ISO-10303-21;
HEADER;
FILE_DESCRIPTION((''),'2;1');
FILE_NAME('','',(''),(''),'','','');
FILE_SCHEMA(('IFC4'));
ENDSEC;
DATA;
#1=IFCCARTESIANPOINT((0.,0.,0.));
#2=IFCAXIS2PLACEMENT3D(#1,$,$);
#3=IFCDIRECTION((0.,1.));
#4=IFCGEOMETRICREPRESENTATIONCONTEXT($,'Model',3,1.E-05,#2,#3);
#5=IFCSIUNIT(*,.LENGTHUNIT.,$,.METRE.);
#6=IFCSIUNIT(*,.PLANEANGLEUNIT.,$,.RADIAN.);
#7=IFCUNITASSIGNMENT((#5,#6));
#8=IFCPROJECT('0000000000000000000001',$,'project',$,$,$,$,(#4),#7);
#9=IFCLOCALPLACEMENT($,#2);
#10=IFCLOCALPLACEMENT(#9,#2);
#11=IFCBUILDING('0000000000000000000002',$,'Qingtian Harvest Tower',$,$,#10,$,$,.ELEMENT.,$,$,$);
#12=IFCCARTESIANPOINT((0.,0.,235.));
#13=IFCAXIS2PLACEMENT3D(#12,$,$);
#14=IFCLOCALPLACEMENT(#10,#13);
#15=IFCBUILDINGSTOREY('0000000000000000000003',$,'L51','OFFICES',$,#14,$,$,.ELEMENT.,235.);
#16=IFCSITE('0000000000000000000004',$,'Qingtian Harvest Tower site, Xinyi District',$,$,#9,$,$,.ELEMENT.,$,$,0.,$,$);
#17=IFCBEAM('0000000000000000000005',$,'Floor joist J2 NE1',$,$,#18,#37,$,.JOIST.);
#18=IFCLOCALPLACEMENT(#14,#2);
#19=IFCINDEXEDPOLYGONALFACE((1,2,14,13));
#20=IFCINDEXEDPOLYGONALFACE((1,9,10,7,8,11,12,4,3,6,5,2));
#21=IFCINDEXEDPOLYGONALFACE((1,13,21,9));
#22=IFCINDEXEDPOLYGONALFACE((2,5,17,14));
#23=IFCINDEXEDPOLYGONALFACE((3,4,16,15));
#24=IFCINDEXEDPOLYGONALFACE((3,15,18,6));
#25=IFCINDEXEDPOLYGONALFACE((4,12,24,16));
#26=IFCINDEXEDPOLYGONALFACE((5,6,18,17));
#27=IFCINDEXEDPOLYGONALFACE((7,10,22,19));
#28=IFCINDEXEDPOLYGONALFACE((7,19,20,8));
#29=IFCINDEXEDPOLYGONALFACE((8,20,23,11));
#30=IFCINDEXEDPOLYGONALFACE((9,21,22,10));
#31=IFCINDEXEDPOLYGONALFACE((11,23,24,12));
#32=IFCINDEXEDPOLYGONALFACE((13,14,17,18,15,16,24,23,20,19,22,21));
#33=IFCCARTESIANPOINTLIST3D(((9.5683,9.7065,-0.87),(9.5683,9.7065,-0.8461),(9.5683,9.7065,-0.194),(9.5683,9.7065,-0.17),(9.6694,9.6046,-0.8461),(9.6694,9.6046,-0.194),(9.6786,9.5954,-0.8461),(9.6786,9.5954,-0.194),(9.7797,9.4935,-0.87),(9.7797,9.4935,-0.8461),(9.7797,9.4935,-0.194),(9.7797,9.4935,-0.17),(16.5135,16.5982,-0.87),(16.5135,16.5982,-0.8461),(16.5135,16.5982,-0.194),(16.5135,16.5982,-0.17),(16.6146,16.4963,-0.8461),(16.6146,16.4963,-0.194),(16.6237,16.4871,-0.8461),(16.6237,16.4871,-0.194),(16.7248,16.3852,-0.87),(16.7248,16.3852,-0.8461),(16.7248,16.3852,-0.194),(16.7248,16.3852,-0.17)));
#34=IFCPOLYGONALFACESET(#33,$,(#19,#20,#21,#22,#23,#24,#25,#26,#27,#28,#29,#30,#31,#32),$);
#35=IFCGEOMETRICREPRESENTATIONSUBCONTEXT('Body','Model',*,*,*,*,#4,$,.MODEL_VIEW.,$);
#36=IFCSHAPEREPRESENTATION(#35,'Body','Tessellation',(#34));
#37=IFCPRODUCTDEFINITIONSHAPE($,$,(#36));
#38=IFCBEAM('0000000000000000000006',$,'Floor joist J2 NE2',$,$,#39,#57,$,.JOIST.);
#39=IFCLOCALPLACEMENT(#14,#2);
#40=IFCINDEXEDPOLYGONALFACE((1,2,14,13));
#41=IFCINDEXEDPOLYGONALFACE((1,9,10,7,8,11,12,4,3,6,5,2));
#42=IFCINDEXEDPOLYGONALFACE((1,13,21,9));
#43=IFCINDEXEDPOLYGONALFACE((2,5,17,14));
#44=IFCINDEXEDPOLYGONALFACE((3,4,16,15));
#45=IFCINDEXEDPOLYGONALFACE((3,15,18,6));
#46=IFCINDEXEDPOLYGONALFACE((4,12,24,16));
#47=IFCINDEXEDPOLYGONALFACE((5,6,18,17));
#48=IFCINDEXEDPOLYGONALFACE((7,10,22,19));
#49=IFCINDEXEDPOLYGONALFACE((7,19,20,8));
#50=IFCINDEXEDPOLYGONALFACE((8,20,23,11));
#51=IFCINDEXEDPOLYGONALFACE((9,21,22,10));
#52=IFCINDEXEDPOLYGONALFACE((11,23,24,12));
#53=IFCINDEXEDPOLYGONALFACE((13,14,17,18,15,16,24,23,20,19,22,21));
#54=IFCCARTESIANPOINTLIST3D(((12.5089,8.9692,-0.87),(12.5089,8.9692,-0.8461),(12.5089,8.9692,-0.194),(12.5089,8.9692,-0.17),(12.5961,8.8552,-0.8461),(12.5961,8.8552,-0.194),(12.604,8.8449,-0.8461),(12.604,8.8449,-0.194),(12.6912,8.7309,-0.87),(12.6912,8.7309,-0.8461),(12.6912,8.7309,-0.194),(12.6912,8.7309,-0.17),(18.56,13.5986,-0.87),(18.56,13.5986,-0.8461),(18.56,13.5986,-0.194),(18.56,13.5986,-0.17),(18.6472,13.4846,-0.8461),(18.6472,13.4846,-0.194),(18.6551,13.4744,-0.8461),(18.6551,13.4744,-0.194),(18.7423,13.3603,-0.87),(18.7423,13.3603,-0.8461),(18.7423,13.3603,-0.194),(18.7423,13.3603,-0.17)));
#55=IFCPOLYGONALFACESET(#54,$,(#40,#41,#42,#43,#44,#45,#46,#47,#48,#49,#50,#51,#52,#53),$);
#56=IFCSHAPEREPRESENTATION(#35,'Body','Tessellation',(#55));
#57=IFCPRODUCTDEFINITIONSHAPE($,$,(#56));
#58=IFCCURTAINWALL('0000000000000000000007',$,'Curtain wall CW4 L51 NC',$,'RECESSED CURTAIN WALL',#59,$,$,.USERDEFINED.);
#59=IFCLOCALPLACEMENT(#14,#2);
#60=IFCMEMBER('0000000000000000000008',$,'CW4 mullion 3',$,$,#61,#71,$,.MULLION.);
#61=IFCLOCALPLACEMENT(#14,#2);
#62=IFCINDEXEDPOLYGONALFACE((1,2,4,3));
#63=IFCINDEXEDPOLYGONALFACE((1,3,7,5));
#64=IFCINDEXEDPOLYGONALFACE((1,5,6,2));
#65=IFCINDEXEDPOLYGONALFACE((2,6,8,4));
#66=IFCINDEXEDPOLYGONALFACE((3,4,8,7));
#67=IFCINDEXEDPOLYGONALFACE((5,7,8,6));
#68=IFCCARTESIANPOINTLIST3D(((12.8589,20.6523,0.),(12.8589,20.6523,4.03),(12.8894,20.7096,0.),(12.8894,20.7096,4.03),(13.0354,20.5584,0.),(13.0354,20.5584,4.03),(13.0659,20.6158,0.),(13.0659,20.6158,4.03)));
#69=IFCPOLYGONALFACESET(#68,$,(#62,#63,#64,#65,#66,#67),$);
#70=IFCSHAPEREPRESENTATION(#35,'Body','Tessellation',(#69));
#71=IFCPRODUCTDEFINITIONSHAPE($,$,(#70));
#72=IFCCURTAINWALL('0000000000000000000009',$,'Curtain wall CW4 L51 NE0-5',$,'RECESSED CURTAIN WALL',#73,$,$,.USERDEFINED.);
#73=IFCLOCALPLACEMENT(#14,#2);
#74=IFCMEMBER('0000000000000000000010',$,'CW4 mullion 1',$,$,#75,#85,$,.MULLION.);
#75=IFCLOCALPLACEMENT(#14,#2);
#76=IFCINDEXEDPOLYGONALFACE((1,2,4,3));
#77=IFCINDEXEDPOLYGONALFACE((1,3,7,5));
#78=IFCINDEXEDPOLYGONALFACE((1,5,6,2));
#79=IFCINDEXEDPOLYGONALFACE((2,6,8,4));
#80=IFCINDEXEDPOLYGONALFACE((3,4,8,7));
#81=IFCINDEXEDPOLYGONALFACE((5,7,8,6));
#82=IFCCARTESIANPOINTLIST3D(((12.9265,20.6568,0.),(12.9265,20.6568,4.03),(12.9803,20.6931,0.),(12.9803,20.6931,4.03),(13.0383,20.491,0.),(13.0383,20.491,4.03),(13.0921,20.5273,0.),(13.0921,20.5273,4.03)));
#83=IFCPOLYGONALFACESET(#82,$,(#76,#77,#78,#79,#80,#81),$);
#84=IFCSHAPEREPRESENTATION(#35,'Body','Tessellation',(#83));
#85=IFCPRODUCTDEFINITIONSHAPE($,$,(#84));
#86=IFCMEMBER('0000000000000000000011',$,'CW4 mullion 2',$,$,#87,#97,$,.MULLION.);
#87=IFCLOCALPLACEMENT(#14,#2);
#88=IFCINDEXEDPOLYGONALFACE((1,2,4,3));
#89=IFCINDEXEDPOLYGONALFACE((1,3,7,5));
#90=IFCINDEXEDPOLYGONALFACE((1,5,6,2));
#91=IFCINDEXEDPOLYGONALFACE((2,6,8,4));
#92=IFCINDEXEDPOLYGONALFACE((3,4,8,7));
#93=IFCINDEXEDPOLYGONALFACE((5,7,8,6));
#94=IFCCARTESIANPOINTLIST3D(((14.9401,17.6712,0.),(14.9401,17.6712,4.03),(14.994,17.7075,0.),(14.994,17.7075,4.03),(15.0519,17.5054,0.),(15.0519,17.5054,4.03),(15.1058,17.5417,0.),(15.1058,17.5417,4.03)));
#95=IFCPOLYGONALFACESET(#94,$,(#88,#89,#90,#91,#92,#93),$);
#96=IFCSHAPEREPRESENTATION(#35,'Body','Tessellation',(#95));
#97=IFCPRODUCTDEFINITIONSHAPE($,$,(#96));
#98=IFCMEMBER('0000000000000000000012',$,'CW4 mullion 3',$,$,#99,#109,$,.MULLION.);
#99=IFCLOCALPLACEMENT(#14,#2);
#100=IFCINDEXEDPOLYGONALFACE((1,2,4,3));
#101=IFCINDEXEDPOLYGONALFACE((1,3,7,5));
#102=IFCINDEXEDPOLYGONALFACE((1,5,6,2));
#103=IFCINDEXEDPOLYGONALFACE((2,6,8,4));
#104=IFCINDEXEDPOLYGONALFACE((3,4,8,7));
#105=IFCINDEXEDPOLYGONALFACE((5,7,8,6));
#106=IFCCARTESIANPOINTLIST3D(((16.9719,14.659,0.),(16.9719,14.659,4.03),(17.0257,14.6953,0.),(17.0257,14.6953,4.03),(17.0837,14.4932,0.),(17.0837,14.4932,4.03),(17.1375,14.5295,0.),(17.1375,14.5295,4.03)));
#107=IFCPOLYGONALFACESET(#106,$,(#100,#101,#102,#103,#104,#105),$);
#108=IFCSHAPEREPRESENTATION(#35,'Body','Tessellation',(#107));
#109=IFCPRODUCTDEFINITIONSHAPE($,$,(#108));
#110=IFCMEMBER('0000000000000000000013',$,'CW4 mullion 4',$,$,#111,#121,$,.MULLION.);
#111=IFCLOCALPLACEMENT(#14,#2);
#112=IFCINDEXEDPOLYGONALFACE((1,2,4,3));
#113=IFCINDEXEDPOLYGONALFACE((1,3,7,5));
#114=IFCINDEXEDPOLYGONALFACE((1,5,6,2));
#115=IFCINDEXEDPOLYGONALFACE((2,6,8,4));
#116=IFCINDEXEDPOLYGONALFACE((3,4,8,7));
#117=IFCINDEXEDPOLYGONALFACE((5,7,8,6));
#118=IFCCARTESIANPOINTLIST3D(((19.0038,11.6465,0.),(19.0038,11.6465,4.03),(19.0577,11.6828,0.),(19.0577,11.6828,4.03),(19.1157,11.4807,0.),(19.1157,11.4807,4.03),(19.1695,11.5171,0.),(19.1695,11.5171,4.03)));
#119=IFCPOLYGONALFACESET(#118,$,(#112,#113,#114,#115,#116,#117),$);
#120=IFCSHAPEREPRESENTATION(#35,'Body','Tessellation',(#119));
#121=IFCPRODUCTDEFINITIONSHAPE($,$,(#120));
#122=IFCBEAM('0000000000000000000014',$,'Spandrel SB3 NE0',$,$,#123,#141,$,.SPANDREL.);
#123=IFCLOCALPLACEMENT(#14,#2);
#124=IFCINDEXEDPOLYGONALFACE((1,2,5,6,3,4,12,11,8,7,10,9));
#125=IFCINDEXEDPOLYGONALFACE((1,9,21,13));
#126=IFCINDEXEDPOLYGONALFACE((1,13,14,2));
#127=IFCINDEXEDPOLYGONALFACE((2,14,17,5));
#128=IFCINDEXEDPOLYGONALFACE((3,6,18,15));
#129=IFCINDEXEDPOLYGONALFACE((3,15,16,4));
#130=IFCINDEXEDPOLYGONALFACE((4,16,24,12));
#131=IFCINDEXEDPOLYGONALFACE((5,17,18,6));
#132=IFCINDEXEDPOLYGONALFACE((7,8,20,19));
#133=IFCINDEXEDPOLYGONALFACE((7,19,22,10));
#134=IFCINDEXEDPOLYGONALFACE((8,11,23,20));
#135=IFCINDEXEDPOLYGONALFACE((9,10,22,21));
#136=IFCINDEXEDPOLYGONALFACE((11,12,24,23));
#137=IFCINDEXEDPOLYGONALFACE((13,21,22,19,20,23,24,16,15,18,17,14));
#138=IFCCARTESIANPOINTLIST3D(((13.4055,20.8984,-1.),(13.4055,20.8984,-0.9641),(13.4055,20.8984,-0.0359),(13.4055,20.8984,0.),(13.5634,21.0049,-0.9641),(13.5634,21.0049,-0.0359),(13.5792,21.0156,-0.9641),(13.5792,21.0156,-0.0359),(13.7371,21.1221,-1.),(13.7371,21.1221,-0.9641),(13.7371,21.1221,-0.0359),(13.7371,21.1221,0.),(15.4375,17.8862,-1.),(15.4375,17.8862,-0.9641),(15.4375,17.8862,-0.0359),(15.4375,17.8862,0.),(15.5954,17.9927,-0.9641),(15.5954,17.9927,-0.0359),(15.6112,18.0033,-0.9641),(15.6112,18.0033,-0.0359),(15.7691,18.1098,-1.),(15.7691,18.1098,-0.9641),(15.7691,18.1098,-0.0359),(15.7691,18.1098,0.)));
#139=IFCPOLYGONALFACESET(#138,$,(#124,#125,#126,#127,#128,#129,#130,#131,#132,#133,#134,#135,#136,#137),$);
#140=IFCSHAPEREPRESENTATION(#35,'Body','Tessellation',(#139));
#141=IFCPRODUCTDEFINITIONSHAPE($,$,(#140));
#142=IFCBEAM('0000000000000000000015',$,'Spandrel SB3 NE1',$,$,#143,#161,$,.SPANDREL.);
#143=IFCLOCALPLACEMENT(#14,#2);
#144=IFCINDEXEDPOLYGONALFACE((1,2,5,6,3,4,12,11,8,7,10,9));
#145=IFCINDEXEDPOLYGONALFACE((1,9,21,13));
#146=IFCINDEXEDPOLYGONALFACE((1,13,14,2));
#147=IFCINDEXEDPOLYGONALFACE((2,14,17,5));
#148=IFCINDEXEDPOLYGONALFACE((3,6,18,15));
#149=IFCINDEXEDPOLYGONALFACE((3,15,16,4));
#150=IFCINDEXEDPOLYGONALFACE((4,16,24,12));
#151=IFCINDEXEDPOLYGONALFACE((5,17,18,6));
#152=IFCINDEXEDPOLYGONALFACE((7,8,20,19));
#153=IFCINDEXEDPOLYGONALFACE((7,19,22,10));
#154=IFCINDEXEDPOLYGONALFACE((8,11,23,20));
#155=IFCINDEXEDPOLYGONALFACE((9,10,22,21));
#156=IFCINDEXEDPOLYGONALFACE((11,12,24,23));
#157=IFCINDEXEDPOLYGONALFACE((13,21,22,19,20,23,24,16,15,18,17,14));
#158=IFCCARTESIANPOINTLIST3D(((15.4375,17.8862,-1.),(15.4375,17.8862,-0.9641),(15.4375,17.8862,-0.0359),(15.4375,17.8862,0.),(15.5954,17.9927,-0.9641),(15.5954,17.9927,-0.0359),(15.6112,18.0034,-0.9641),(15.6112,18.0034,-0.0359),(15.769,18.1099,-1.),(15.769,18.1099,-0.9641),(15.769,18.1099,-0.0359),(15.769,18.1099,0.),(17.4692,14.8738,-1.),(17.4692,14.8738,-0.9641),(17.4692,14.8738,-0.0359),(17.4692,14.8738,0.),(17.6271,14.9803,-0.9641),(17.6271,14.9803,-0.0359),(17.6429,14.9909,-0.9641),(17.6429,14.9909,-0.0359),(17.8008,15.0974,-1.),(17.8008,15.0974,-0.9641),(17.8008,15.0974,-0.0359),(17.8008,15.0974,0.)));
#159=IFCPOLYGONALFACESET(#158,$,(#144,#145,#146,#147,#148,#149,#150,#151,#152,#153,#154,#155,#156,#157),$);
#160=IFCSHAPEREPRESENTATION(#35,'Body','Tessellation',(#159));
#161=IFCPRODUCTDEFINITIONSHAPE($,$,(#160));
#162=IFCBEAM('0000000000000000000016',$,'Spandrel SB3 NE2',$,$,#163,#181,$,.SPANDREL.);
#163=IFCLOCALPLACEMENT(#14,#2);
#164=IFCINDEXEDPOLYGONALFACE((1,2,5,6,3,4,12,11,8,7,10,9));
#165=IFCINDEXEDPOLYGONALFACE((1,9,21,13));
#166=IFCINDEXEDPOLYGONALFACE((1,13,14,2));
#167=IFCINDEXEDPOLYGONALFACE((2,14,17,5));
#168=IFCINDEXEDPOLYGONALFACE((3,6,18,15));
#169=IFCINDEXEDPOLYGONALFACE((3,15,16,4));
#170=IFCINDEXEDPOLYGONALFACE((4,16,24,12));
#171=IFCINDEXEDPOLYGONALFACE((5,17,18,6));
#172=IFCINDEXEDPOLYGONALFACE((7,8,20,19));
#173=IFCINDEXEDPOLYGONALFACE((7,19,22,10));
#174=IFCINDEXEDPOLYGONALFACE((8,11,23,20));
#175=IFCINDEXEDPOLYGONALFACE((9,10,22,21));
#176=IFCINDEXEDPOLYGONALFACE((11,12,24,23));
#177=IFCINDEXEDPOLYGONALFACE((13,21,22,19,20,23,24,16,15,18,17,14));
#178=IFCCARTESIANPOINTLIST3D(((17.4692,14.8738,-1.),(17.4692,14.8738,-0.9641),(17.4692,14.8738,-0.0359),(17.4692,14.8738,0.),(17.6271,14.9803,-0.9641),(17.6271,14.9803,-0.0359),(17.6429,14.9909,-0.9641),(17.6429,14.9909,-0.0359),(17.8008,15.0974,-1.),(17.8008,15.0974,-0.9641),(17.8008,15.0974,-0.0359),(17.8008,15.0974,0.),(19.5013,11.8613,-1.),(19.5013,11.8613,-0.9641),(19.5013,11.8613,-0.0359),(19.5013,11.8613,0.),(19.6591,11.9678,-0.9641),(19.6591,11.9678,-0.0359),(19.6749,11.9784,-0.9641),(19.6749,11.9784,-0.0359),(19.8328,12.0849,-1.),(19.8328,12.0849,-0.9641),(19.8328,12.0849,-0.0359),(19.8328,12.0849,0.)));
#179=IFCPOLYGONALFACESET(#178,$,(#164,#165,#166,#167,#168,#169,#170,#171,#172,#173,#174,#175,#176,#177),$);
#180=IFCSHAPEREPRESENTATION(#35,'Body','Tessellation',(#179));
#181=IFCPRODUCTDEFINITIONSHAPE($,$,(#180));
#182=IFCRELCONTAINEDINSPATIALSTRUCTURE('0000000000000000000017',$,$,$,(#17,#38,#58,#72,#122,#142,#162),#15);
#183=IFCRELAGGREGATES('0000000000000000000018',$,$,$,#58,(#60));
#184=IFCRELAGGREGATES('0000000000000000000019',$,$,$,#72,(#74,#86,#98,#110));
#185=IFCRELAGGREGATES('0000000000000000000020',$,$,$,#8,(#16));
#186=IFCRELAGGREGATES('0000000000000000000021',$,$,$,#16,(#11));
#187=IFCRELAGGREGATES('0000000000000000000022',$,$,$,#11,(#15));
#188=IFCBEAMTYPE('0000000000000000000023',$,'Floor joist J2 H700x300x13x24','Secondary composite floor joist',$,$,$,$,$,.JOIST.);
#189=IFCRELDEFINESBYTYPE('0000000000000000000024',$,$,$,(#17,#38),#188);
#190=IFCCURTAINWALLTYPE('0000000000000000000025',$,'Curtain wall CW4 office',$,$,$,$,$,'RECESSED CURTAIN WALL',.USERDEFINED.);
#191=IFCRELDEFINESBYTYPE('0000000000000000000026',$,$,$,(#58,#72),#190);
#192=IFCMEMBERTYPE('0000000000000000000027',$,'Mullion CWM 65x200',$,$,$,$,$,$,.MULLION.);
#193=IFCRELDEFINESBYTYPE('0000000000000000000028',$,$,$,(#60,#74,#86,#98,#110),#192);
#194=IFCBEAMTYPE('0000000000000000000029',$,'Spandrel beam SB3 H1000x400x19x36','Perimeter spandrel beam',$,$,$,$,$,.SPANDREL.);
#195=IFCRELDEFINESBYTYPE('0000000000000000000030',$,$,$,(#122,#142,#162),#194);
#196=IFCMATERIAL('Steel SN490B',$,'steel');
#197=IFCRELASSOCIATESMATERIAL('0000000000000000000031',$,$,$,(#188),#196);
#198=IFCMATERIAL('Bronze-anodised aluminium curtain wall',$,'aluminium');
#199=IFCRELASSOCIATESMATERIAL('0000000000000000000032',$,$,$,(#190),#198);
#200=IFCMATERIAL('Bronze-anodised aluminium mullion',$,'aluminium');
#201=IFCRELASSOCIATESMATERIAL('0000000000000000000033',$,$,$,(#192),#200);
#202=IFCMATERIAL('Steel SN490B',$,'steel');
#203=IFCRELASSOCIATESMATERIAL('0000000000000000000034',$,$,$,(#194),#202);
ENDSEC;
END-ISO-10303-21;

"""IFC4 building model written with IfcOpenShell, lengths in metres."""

from ifc_helpers import new_model, si_unit, direction, frame, origin, origin_2d, place, context, subcontext, project, spatial, rectangle, i_section, extrude, material, material_profile, profile_set, type_object, element, aggregate, save


model = new_model("IFC4")

# Units and contexts
model_context = context("Model", 3, precision=1e-05, world=origin(), true_north=direction((0.0, 1.0)))
body_context = subcontext(model_context, "Body", "Model", "MODEL_VIEW")
ifc_project = project(units=[si_unit("LENGTHUNIT", "METRE"), si_unit("PLANEANGLEUNIT", "RADIAN")], contexts=[model_context])

# Site, building, storey
site_placement = place(None, origin())
site = spatial("IfcSite", under=ifc_project, at=site_placement, Name="Qingtian Harvest Tower site, Xinyi District", CompositionType="ELEMENT", RefElevation=0.0)
building_placement = place(site_placement, origin())
building = spatial("IfcBuilding", under=site, at=building_placement, Name="Qingtian Harvest Tower", CompositionType="ELEMENT")
storey_placement = place(building_placement, frame((0.0, 0.0, 235.0)))
storey = spatial("IfcBuildingStorey", under=building, at=storey_placement, Name="L51", Description="OFFICES", CompositionType="ELEMENT", Elevation=235.0)

# Beams
ifc_material_1 = material(Name="Steel SN490B", Category="steel")
ifc_material_profile_1 = material_profile(ifc_material_1, i_section(OverallWidth=0.3, OverallDepth=0.7, WebThickness=0.0129, FlangeThickness=0.0239, at=origin_2d()), Name="H700x300x13x24")
ifc_profile_set_1 = profile_set([ifc_material_profile_1], Name="Steel SN490B")
beam_type_1 = type_object("IfcBeamType", Name="Floor joist J2 H700x300x13x24", Description="Secondary composite floor joist", PredefinedType="JOIST", material=ifc_profile_set_1)
beam_1_placement = place(storey_placement, frame((16.6191, 16.4917, -0.52), z_axis=(-0.709834, -0.704369, 0.0), x_axis=(0.704369, -0.709834, 0.0)))
element("IfcBeam", 1, at=beam_1_placement, inside=storey, type_object=beam_type_1, Name="Floor joist J2 NE1", PredefinedType="JOIST", context=body_context, shape_type="SweptSolid", body=[
    extrude(i_section(OverallWidth=0.3, OverallDepth=0.7, WebThickness=0.0129, FlangeThickness=0.0239, at=origin_2d()), origin(), (0.0, 0.0, 1.0), 9.7842),
])
beam_2_placement = place(storey_placement, frame((18.6511, 13.4795, -0.52), z_axis=(-0.794222, -0.607627, 0.0), x_axis=(0.607627, -0.794222, 0.0)))
element("IfcBeam", 2, at=beam_2_placement, inside=storey, type_object=beam_type_1, Name="Floor joist J2 NE2", PredefinedType="JOIST", context=body_context, shape_type="SweptSolid", body=[
    extrude(i_section(OverallWidth=0.3, OverallDepth=0.7, WebThickness=0.0129, FlangeThickness=0.0239, at=origin_2d()), origin(), (0.0, 0.0, 1.0), 7.6189),
])

# Curtain wall, member
ifc_material_2 = material(Name="Bronze-anodised aluminium curtain wall", Category="aluminium")
curtain_wall_type = type_object("IfcCurtainWallType", Name="Curtain wall CW4 office", ElementType="RECESSED CURTAIN WALL", PredefinedType="USERDEFINED", material=ifc_material_2)
curtain_wall_1_placement = place(storey_placement, origin())
curtain_wall_1 = element("IfcCurtainWall", 3, at=curtain_wall_1_placement, inside=storey, type_object=curtain_wall_type, Name="Curtain wall CW4 L51 NC", ObjectType="RECESSED CURTAIN WALL", PredefinedType="USERDEFINED")
ifc_material_3 = material(Name="Bronze-anodised aluminium mullion", Category="aluminium")
ifc_material_profile_2 = material_profile(ifc_material_3, rectangle(XDim=0.0649, YDim=0.2, at=origin_2d()), Name="AL 65x200")
ifc_profile_set_2 = profile_set([ifc_material_profile_2], Name="Bronze-anodised aluminium mullion")
member_type_1 = type_object("IfcMemberType", Name="Mullion CWM 65x200", PredefinedType="MULLION", material=ifc_profile_set_2)
member_1_placement = place(storey_placement, frame((12.9624, 20.634, 0.0), z_axis=(0.0, 0.0, 1.0), x_axis=(0.469472, 0.882948, 0.0)))
member_1 = element("IfcMember", 4, at=member_1_placement, type_object=member_type_1, Name="CW4 mullion 3", PredefinedType="MULLION", context=body_context, shape_type="SweptSolid", body=[
    extrude(rectangle(XDim=0.0649, YDim=0.2, at=origin_2d()), origin(), (0.0, 0.0, 1.0), 4.03),
])

# Curtain wall, members
curtain_wall_2_placement = place(storey_placement, origin())
curtain_wall_2 = element("IfcCurtainWall", 5, at=curtain_wall_2_placement, inside=storey, type_object=curtain_wall_type, Name="Curtain wall CW4 L51 NE0-5", ObjectType="RECESSED CURTAIN WALL", PredefinedType="USERDEFINED")
member_2_placement = place(storey_placement, frame((13.0093, 20.592, 0.0), z_axis=(0.0, 0.0, 1.0), x_axis=(0.829038, 0.559193, 0.0)))
member_2 = element("IfcMember", 6, at=member_2_placement, type_object=member_type_1, Name="CW4 mullion 1", PredefinedType="MULLION", context=body_context, shape_type="SweptSolid", body=[
    extrude(rectangle(XDim=0.0649, YDim=0.2, at=origin_2d()), origin(), (0.0, 0.0, 1.0), 4.03),
])
member_3_placement = place(storey_placement, frame((15.0229, 17.6064, 0.0), z_axis=(0.0, 0.0, 1.0), x_axis=(0.829038, 0.559193, 0.0)))
member_3 = element("IfcMember", 7, at=member_3_placement, type_object=member_type_1, Name="CW4 mullion 2", PredefinedType="MULLION", context=body_context, shape_type="SweptSolid", body=[
    extrude(rectangle(XDim=0.0649, YDim=0.2, at=origin_2d()), origin(), (0.0, 0.0, 1.0), 4.03),
])
member_4_placement = place(storey_placement, frame((17.0547, 14.5942, 0.0), z_axis=(0.0, 0.0, 1.0), x_axis=(0.829038, 0.559193, 0.0)))
member_4 = element("IfcMember", 8, at=member_4_placement, type_object=member_type_1, Name="CW4 mullion 3", PredefinedType="MULLION", context=body_context, shape_type="SweptSolid", body=[
    extrude(rectangle(XDim=0.0649, YDim=0.2, at=origin_2d()), origin(), (0.0, 0.0, 1.0), 4.03),
])
member_5_placement = place(storey_placement, frame((19.0867, 11.5818, 0.0), z_axis=(0.0, 0.0, 1.0), x_axis=(0.829038, 0.559193, 0.0)))
member_5 = element("IfcMember", 9, at=member_5_placement, type_object=member_type_1, Name="CW4 mullion 4", PredefinedType="MULLION", context=body_context, shape_type="SweptSolid", body=[
    extrude(rectangle(XDim=0.0649, YDim=0.2, at=origin_2d()), origin(), (0.0, 0.0, 1.0), 4.03),
])

# Beams
ifc_material_4 = material(Name="Steel SN490B", Category="steel")
ifc_material_profile_3 = material_profile(ifc_material_4, i_section(OverallWidth=0.3999, OverallDepth=1.0, WebThickness=0.019, FlangeThickness=0.0359, at=origin_2d()), Name="H1000x400x19x36")
ifc_profile_set_3 = profile_set([ifc_material_profile_3], Name="Steel SN490B")
beam_type_2 = type_object("IfcBeamType", Name="Spandrel beam SB3 H1000x400x19x36", Description="Perimeter spandrel beam", PredefinedType="SPANDREL", material=ifc_profile_set_3)
for number, where, z_axis, x_axis, name in (
    (10, (13.5713, 21.0103, -0.5), (0.559235, -0.829009, 0.0), (0.829009, 0.559235, 0.0), "Spandrel SB3 NE0"),
    (11, (15.6033, 17.998, -0.5), (0.559158, -0.829061, 0.0), (0.829061, 0.559158, 0.0), "Spandrel SB3 NE1"),
):
    element("IfcBeam", number, at=place(storey_placement, frame(where, z_axis=z_axis, x_axis=x_axis)), inside=storey, type_object=beam_type_2, Name=name, PredefinedType="SPANDREL", context=body_context, shape_type="SweptSolid", body=[
        extrude(i_section(OverallWidth=0.3999, OverallDepth=1.0, WebThickness=0.019, FlangeThickness=0.0359, at=origin_2d()), origin(), (0.0, 0.0, 1.0), 3.6335),
    ])
beam_3_placement = place(storey_placement, frame((17.635, 14.9856, -0.5), z_axis=(0.559204, -0.82903, 0.0), x_axis=(0.82903, 0.559204, 0.0)))
element("IfcBeam", 12, at=beam_3_placement, inside=storey, type_object=beam_type_2, Name="Spandrel SB3 NE2", PredefinedType="SPANDREL", context=body_context, shape_type="SweptSolid", body=[
    extrude(i_section(OverallWidth=0.3999, OverallDepth=1.0, WebThickness=0.019, FlangeThickness=0.0359, at=origin_2d()), origin(), (0.0, 0.0, 1.0), 3.6338),
])

aggregate(curtain_wall_1, [member_1])
aggregate(curtain_wall_2, [member_2, member_3, member_4, member_5])

save(model, "model.ifc")
